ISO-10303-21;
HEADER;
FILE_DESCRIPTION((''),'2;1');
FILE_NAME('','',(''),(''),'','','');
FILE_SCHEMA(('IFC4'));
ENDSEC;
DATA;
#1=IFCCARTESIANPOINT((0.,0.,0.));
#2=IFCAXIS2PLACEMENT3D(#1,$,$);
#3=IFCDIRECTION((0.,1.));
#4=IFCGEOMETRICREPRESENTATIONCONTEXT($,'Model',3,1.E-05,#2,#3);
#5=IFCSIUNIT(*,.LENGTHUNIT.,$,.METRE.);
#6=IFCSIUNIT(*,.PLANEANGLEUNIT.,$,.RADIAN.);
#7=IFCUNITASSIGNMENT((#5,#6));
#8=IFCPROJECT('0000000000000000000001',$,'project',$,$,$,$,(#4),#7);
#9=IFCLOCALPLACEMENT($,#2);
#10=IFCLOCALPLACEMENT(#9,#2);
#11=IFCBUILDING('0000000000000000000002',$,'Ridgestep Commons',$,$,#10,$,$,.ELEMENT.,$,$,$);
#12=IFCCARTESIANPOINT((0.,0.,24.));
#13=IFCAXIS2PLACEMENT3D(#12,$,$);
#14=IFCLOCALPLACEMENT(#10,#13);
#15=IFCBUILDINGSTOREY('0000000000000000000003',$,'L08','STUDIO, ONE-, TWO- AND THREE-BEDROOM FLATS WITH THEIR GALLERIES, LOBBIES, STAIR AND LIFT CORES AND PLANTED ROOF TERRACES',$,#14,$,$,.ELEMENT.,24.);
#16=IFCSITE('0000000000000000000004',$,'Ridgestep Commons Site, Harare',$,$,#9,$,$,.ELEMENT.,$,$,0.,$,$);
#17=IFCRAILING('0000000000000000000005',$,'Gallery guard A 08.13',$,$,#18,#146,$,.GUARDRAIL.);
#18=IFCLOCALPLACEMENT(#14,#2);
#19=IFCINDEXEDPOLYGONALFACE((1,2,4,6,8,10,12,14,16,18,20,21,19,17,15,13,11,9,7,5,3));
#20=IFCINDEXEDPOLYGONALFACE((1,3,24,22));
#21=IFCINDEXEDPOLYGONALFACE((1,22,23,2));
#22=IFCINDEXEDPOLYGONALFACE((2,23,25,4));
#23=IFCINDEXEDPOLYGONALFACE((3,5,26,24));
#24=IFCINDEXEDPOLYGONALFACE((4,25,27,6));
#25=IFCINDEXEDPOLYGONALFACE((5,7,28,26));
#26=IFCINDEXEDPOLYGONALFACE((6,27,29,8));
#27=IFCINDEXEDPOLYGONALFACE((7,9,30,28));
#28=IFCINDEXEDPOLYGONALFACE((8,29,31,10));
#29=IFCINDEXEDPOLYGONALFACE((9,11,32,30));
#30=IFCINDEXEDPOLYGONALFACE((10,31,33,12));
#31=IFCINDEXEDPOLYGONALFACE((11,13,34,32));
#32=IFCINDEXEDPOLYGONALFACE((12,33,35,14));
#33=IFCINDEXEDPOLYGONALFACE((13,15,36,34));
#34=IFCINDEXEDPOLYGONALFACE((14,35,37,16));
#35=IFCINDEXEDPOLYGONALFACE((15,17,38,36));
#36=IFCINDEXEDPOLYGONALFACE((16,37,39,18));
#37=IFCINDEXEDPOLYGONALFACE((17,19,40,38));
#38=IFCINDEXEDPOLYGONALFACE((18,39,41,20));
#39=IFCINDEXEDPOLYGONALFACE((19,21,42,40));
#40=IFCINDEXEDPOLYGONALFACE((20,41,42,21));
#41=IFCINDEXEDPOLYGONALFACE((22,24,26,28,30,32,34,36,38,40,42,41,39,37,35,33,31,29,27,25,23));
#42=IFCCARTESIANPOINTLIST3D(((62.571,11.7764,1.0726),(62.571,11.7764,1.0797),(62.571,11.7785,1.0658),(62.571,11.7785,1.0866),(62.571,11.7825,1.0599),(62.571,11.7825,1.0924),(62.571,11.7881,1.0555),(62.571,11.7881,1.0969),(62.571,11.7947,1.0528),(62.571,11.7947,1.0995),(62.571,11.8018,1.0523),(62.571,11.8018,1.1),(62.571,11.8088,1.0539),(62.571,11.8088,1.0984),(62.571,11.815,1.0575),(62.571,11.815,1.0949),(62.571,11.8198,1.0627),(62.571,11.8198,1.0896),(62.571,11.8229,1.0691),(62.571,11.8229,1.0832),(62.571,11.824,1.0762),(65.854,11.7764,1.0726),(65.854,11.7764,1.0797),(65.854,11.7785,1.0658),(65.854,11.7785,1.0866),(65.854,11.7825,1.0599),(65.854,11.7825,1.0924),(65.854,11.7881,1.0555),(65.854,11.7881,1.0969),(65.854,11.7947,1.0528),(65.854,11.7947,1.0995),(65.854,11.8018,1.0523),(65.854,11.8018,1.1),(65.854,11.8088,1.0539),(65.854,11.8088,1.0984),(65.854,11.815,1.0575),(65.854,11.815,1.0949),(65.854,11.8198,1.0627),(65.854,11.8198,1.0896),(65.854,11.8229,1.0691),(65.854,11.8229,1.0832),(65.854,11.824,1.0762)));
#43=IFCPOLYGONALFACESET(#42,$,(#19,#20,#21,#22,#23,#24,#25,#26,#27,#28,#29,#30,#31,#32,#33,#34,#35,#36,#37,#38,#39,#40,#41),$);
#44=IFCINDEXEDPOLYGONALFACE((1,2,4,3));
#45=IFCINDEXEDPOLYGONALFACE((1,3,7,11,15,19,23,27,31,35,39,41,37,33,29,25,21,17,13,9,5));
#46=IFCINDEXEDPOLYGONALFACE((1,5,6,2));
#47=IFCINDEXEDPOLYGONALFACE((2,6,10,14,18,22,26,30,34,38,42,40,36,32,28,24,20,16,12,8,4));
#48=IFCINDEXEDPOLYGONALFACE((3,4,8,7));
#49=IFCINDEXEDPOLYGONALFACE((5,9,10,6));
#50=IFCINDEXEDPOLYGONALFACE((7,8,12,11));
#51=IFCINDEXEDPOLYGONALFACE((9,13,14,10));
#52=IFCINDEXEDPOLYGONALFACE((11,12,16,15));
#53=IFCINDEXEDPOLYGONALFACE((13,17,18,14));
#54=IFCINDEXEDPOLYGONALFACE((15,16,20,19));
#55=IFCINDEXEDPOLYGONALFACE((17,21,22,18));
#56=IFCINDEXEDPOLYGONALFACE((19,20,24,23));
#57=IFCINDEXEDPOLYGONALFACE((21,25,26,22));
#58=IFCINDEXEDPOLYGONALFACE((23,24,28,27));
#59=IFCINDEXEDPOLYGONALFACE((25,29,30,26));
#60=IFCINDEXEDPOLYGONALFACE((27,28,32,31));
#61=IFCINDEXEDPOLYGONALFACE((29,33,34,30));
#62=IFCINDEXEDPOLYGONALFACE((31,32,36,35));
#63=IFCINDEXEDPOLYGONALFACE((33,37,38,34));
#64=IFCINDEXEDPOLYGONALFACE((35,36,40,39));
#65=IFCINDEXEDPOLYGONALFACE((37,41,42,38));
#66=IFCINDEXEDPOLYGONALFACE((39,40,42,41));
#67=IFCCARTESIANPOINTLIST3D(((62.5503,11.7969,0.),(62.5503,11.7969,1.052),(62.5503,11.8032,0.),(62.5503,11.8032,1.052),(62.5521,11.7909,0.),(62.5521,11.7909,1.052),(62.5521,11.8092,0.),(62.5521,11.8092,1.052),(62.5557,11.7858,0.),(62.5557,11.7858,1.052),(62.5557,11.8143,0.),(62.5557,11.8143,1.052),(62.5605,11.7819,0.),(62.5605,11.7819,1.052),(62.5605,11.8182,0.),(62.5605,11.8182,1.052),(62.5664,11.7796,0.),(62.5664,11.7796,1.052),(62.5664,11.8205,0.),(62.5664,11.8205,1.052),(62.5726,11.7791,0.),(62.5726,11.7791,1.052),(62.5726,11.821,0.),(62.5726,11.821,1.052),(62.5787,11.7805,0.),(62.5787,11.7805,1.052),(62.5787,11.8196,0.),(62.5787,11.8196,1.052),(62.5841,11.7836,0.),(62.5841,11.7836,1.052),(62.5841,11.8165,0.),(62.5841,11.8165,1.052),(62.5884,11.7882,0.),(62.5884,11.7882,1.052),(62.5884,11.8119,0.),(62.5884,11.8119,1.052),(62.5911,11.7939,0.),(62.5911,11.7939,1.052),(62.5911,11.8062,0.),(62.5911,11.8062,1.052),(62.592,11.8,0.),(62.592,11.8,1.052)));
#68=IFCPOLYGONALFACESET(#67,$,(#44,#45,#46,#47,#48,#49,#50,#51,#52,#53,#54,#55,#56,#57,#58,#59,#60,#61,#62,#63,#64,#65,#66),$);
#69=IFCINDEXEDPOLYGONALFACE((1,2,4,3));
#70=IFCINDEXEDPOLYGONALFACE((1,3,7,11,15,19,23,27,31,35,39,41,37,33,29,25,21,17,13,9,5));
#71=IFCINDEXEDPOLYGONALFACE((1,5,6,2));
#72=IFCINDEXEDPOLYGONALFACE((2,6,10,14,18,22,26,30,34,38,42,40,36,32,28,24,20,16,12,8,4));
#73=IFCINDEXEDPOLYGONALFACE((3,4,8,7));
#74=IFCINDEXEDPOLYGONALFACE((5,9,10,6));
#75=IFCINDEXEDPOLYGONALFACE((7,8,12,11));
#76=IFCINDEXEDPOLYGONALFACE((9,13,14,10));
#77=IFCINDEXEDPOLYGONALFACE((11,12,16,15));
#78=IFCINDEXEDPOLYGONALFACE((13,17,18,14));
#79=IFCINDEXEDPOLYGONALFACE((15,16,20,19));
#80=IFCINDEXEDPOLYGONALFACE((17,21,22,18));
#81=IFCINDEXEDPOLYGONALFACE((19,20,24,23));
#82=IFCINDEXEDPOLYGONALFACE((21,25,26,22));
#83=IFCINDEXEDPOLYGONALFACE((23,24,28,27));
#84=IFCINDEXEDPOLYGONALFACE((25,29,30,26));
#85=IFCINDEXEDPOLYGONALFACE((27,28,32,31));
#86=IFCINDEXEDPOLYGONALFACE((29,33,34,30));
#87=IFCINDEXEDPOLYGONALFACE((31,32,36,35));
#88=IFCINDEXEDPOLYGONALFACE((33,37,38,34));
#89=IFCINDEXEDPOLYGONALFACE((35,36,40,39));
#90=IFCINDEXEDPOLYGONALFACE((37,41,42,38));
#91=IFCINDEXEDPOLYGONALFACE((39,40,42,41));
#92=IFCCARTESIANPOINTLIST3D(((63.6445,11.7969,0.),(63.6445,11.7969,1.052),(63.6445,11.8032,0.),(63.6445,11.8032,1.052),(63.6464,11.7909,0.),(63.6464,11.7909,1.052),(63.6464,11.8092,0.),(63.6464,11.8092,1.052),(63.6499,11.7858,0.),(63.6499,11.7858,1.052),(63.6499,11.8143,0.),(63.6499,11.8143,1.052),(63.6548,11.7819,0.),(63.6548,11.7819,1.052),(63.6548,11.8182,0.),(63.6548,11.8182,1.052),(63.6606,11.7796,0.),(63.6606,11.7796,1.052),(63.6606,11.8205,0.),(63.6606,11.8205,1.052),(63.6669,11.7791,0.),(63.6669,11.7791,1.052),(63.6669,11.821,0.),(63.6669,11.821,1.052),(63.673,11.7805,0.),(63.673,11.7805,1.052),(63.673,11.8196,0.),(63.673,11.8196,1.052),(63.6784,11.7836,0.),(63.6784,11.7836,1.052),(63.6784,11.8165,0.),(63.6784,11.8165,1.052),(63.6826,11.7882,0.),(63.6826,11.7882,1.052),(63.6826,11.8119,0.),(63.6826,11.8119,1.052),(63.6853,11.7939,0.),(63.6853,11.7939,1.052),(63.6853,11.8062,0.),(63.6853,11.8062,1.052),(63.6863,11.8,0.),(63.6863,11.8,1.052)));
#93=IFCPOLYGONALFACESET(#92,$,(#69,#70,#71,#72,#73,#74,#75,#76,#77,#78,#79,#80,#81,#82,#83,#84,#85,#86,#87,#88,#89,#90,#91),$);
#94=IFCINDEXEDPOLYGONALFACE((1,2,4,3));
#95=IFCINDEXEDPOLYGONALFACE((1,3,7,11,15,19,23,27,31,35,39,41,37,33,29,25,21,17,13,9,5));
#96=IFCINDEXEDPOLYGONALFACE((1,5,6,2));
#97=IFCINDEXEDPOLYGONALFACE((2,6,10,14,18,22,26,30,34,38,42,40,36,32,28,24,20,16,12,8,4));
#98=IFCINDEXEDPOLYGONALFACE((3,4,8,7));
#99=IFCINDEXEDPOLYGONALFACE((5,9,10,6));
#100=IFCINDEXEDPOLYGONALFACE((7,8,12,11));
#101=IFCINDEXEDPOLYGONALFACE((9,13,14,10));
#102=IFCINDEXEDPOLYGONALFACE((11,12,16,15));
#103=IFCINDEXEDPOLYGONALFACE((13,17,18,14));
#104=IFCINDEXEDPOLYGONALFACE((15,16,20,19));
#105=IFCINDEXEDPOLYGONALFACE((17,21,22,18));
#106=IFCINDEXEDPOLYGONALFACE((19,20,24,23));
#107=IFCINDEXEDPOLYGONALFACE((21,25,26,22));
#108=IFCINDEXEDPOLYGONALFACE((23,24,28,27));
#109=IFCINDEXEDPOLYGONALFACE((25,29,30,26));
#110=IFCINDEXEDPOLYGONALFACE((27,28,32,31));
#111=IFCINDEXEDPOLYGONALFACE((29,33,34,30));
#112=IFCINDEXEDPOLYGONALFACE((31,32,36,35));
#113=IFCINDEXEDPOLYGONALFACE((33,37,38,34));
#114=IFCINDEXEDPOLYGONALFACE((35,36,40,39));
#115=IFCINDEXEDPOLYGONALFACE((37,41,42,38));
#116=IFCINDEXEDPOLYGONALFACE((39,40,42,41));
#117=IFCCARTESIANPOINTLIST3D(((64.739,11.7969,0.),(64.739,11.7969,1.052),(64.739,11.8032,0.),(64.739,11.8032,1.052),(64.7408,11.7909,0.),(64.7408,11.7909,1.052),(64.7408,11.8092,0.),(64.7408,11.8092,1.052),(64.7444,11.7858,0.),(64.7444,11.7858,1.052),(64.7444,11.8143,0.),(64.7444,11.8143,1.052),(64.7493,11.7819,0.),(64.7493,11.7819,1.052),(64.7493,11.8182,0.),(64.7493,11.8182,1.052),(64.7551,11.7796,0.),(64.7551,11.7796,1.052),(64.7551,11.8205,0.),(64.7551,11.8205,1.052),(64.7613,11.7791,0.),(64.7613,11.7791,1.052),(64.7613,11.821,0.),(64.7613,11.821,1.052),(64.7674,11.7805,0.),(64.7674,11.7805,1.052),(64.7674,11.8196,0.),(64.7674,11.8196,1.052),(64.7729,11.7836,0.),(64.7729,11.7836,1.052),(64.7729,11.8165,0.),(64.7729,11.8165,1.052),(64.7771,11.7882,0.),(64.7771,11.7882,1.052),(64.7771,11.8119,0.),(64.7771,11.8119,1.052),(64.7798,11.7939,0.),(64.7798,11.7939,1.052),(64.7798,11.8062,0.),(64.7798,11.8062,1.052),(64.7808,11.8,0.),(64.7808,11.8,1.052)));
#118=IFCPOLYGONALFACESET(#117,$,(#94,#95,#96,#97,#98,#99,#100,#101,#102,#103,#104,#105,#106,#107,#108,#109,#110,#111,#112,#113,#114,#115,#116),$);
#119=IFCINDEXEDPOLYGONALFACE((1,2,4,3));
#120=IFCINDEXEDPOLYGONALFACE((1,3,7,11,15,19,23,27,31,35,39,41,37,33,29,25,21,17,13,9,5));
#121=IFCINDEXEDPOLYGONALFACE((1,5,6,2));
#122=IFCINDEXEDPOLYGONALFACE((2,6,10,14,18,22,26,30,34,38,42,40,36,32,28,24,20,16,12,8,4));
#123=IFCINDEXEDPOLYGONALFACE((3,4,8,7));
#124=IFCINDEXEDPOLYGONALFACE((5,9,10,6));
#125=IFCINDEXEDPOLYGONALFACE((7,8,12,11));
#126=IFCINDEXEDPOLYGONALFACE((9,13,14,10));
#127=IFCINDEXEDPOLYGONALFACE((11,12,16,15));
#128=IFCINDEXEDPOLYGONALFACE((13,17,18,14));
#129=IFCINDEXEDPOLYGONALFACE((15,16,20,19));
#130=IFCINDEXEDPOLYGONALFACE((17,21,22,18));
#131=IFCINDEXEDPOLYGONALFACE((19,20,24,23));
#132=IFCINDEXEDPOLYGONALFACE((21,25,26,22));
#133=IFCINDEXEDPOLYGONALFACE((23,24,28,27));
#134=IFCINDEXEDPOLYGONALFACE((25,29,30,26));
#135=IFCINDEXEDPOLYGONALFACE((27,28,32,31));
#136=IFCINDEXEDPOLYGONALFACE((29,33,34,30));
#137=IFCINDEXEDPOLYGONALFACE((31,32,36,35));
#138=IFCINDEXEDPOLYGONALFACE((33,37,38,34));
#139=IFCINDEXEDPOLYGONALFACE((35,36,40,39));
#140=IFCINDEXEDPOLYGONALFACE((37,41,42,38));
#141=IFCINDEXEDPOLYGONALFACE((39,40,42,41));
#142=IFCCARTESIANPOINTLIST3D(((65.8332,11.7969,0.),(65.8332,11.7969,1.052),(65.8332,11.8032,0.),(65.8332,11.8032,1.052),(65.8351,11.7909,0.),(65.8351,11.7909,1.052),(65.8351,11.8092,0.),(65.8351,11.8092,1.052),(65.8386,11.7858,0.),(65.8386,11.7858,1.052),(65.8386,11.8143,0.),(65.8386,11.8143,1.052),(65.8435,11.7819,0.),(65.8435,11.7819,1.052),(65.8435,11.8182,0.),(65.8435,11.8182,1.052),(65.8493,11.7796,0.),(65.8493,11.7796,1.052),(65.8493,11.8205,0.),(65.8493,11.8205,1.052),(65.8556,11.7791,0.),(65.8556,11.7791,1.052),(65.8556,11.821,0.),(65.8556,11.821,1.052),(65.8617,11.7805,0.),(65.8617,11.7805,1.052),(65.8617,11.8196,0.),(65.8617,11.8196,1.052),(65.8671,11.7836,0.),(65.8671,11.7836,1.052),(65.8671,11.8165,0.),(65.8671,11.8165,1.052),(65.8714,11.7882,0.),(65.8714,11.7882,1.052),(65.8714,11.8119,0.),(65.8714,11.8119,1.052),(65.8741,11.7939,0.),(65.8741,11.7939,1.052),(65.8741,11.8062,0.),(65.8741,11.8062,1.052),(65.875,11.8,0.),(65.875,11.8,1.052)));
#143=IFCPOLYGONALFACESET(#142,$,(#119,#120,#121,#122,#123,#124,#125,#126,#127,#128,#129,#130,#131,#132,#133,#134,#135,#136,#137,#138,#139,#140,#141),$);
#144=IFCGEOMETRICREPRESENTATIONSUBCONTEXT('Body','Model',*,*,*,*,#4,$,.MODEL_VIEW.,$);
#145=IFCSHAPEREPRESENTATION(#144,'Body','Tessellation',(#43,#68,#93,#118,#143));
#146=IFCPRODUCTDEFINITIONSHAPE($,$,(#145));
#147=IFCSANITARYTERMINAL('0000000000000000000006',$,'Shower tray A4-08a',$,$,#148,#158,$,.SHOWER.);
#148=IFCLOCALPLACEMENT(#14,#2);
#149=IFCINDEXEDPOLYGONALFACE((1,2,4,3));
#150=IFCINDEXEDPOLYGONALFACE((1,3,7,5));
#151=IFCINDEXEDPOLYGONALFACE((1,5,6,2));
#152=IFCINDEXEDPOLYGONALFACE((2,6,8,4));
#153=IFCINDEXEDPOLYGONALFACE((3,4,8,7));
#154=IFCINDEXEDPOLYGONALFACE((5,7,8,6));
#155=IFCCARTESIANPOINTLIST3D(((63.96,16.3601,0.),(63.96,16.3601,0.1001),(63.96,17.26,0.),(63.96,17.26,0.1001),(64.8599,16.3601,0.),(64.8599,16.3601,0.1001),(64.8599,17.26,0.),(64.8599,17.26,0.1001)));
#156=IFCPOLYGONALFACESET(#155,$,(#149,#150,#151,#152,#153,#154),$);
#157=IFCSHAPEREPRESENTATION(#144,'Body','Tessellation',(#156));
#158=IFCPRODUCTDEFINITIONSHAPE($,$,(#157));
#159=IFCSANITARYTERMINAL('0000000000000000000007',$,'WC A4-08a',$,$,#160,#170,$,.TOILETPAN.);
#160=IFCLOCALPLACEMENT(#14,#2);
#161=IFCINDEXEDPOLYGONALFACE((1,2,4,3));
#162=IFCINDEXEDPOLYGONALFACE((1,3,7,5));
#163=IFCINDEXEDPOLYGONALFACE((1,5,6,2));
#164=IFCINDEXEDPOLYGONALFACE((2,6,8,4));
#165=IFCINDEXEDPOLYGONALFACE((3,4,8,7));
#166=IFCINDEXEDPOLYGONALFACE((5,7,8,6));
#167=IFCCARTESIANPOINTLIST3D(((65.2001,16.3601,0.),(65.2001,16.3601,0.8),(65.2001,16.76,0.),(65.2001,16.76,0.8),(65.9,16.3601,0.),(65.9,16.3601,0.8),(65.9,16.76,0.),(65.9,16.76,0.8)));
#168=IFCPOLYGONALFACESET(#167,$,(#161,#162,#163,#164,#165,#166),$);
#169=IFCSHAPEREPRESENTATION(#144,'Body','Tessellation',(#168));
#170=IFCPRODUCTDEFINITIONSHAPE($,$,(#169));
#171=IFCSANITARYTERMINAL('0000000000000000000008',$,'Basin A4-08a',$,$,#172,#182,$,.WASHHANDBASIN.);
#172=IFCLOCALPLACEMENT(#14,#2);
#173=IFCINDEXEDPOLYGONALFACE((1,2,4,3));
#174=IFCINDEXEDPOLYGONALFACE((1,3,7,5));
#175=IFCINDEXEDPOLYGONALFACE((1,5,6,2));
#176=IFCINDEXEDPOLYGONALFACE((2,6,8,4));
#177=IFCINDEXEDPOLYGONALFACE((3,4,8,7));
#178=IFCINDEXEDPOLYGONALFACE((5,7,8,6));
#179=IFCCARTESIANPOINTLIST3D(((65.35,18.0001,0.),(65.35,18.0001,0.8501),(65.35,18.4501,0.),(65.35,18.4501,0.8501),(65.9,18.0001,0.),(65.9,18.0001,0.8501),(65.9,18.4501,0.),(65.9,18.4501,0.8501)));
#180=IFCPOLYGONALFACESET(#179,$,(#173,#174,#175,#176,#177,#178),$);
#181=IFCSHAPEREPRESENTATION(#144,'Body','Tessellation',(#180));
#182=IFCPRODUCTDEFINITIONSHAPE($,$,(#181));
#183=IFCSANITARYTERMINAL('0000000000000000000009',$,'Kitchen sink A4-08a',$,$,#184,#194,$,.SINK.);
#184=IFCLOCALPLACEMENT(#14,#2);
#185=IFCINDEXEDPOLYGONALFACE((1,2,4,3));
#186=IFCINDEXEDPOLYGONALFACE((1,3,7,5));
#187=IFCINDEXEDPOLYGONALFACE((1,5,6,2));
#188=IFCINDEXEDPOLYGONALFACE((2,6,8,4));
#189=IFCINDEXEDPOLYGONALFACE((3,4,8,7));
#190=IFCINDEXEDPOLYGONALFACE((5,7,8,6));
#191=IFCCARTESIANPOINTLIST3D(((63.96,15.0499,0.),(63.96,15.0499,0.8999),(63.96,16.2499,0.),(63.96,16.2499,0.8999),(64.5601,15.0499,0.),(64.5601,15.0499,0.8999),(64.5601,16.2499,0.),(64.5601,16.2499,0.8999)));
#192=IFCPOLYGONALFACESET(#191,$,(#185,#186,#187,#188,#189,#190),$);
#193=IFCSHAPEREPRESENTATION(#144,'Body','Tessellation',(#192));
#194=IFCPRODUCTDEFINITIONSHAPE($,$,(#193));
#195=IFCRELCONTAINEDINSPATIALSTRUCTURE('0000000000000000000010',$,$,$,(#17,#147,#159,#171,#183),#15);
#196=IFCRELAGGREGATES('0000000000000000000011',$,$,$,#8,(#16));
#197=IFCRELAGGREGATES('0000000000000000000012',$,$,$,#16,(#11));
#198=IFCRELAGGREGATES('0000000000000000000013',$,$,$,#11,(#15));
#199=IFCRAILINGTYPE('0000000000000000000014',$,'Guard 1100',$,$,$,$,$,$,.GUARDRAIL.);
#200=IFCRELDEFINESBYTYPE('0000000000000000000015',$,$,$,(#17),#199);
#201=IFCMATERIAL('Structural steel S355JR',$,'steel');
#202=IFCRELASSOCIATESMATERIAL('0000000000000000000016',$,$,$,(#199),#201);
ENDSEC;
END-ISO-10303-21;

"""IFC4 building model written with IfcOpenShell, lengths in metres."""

from ifc_helpers import new_model, si_unit, direction, frame, origin, origin_2d, place, context, subcontext, project, spatial, rectangle, circle, extrude, material, type_object, element, save


model = new_model("IFC4")

# Units and contexts
model_context = context("Model", 3, precision=1e-05, world=origin(), true_north=direction((0.0, 1.0)))
body_context = subcontext(model_context, "Body", "Model", "MODEL_VIEW")
ifc_project = project(units=[si_unit("LENGTHUNIT", "METRE"), si_unit("PLANEANGLEUNIT", "RADIAN")], contexts=[model_context])

# Site, building, storey
site_placement = place(None, origin())
site = spatial("IfcSite", under=ifc_project, at=site_placement, Name="Ridgestep Commons Site, Harare", CompositionType="ELEMENT", RefElevation=0.0)
building_placement = place(site_placement, origin())
building = spatial("IfcBuilding", under=site, at=building_placement, Name="Ridgestep Commons", CompositionType="ELEMENT")
storey_placement = place(building_placement, frame((0.0, 0.0, 24.0)))
storey = spatial("IfcBuildingStorey", under=building, at=storey_placement, Name="L08", Description="STUDIO, ONE-, TWO- AND THREE-BEDROOM FLATS WITH THEIR GALLERIES, LOBBIES, STAIR AND LIFT CORES AND PLANTED ROOF TERRACES", CompositionType="ELEMENT", Elevation=24.0)

# Railing
ifc_material_1 = material(Name="Structural steel S355JR", Category="steel")
railing_type = type_object("IfcRailingType", Name="Guard 1100", PredefinedType="GUARDRAIL", material=ifc_material_1)
railing_placement = place(storey_placement, frame((62.571, 11.8, 0.0)))
element("IfcRailing", 1, at=railing_placement, inside=storey, type_object=railing_type, Name="Gallery guard A 08.13", PredefinedType="GUARDRAIL", context=body_context, shape_type="SweptSolid", body=[
    extrude(circle(Radius=0.0239, at=origin_2d()), frame((0.0, 0.0, 1.0762), z_axis=(1.0, 0.0, 0.0), x_axis=(0.0, 1.0, 0.0)), (0.0, 0.0, 1.0), 3.283),
    extrude(circle(Radius=0.021, at=origin_2d()), origin(), (0.0, 0.0, 1.0), 1.052),
    extrude(circle(Radius=0.021, at=origin_2d()), frame((1.0942, 0.0, 0.0)), (0.0, 0.0, 1.0), 1.052),
    extrude(circle(Radius=0.021, at=origin_2d()), frame((2.1887, 0.0, 0.0)), (0.0, 0.0, 1.0), 1.052),
    extrude(circle(Radius=0.021, at=origin_2d()), frame((3.283, 0.0, 0.0)), (0.0, 0.0, 1.0), 1.052),
])

# Sanitary terminals
sanitary_terminal_1_placement = place(storey_placement, frame((64.4099, 16.8101, 0.0), z_axis=(0.0, 0.0, 1.0), x_axis=(1.0, 0.0, 0.0)))
element("IfcSanitaryTerminal", 2, at=sanitary_terminal_1_placement, inside=storey, Name="Shower tray A4-08a", PredefinedType="SHOWER", context=body_context, shape_type="SweptSolid", body=[
    extrude(rectangle(XDim=0.8999, YDim=0.8999, at=origin_2d()), origin(), (0.0, 0.0, 1.0), 0.1001),
])
sanitary_terminal_2_placement = place(storey_placement, frame((65.55, 16.5601, 0.0), z_axis=(0.0, 0.0, 1.0), x_axis=(1.0, 0.0, 0.0)))
element("IfcSanitaryTerminal", 3, at=sanitary_terminal_2_placement, inside=storey, Name="WC A4-08a", PredefinedType="TOILETPAN", context=body_context, shape_type="SweptSolid", body=[
    extrude(rectangle(XDim=0.7, YDim=0.3999, at=origin_2d()), origin(), (0.0, 0.0, 1.0), 0.8),
])
sanitary_terminal_3_placement = place(storey_placement, frame((65.625, 18.2251, 0.0), z_axis=(0.0, 0.0, 1.0), x_axis=(1.0, 0.0, 0.0)))
element("IfcSanitaryTerminal", 4, at=sanitary_terminal_3_placement, inside=storey, Name="Basin A4-08a", PredefinedType="WASHHANDBASIN", context=body_context, shape_type="SweptSolid", body=[
    extrude(rectangle(XDim=0.55, YDim=0.45, at=origin_2d()), origin(), (0.0, 0.0, 1.0), 0.8501),
])
sanitary_terminal_4_placement = place(storey_placement, frame((64.26, 15.6499, 0.0), z_axis=(0.0, 0.0, 1.0), x_axis=(1.0, 0.0, 0.0)))
element("IfcSanitaryTerminal", 5, at=sanitary_terminal_4_placement, inside=storey, Name="Kitchen sink A4-08a", PredefinedType="SINK", context=body_context, shape_type="SweptSolid", body=[
    extrude(rectangle(XDim=0.6001, YDim=1.2, at=origin_2d()), origin(), (0.0, 0.0, 1.0), 0.8999),
])

save(model, "model.ifc")
